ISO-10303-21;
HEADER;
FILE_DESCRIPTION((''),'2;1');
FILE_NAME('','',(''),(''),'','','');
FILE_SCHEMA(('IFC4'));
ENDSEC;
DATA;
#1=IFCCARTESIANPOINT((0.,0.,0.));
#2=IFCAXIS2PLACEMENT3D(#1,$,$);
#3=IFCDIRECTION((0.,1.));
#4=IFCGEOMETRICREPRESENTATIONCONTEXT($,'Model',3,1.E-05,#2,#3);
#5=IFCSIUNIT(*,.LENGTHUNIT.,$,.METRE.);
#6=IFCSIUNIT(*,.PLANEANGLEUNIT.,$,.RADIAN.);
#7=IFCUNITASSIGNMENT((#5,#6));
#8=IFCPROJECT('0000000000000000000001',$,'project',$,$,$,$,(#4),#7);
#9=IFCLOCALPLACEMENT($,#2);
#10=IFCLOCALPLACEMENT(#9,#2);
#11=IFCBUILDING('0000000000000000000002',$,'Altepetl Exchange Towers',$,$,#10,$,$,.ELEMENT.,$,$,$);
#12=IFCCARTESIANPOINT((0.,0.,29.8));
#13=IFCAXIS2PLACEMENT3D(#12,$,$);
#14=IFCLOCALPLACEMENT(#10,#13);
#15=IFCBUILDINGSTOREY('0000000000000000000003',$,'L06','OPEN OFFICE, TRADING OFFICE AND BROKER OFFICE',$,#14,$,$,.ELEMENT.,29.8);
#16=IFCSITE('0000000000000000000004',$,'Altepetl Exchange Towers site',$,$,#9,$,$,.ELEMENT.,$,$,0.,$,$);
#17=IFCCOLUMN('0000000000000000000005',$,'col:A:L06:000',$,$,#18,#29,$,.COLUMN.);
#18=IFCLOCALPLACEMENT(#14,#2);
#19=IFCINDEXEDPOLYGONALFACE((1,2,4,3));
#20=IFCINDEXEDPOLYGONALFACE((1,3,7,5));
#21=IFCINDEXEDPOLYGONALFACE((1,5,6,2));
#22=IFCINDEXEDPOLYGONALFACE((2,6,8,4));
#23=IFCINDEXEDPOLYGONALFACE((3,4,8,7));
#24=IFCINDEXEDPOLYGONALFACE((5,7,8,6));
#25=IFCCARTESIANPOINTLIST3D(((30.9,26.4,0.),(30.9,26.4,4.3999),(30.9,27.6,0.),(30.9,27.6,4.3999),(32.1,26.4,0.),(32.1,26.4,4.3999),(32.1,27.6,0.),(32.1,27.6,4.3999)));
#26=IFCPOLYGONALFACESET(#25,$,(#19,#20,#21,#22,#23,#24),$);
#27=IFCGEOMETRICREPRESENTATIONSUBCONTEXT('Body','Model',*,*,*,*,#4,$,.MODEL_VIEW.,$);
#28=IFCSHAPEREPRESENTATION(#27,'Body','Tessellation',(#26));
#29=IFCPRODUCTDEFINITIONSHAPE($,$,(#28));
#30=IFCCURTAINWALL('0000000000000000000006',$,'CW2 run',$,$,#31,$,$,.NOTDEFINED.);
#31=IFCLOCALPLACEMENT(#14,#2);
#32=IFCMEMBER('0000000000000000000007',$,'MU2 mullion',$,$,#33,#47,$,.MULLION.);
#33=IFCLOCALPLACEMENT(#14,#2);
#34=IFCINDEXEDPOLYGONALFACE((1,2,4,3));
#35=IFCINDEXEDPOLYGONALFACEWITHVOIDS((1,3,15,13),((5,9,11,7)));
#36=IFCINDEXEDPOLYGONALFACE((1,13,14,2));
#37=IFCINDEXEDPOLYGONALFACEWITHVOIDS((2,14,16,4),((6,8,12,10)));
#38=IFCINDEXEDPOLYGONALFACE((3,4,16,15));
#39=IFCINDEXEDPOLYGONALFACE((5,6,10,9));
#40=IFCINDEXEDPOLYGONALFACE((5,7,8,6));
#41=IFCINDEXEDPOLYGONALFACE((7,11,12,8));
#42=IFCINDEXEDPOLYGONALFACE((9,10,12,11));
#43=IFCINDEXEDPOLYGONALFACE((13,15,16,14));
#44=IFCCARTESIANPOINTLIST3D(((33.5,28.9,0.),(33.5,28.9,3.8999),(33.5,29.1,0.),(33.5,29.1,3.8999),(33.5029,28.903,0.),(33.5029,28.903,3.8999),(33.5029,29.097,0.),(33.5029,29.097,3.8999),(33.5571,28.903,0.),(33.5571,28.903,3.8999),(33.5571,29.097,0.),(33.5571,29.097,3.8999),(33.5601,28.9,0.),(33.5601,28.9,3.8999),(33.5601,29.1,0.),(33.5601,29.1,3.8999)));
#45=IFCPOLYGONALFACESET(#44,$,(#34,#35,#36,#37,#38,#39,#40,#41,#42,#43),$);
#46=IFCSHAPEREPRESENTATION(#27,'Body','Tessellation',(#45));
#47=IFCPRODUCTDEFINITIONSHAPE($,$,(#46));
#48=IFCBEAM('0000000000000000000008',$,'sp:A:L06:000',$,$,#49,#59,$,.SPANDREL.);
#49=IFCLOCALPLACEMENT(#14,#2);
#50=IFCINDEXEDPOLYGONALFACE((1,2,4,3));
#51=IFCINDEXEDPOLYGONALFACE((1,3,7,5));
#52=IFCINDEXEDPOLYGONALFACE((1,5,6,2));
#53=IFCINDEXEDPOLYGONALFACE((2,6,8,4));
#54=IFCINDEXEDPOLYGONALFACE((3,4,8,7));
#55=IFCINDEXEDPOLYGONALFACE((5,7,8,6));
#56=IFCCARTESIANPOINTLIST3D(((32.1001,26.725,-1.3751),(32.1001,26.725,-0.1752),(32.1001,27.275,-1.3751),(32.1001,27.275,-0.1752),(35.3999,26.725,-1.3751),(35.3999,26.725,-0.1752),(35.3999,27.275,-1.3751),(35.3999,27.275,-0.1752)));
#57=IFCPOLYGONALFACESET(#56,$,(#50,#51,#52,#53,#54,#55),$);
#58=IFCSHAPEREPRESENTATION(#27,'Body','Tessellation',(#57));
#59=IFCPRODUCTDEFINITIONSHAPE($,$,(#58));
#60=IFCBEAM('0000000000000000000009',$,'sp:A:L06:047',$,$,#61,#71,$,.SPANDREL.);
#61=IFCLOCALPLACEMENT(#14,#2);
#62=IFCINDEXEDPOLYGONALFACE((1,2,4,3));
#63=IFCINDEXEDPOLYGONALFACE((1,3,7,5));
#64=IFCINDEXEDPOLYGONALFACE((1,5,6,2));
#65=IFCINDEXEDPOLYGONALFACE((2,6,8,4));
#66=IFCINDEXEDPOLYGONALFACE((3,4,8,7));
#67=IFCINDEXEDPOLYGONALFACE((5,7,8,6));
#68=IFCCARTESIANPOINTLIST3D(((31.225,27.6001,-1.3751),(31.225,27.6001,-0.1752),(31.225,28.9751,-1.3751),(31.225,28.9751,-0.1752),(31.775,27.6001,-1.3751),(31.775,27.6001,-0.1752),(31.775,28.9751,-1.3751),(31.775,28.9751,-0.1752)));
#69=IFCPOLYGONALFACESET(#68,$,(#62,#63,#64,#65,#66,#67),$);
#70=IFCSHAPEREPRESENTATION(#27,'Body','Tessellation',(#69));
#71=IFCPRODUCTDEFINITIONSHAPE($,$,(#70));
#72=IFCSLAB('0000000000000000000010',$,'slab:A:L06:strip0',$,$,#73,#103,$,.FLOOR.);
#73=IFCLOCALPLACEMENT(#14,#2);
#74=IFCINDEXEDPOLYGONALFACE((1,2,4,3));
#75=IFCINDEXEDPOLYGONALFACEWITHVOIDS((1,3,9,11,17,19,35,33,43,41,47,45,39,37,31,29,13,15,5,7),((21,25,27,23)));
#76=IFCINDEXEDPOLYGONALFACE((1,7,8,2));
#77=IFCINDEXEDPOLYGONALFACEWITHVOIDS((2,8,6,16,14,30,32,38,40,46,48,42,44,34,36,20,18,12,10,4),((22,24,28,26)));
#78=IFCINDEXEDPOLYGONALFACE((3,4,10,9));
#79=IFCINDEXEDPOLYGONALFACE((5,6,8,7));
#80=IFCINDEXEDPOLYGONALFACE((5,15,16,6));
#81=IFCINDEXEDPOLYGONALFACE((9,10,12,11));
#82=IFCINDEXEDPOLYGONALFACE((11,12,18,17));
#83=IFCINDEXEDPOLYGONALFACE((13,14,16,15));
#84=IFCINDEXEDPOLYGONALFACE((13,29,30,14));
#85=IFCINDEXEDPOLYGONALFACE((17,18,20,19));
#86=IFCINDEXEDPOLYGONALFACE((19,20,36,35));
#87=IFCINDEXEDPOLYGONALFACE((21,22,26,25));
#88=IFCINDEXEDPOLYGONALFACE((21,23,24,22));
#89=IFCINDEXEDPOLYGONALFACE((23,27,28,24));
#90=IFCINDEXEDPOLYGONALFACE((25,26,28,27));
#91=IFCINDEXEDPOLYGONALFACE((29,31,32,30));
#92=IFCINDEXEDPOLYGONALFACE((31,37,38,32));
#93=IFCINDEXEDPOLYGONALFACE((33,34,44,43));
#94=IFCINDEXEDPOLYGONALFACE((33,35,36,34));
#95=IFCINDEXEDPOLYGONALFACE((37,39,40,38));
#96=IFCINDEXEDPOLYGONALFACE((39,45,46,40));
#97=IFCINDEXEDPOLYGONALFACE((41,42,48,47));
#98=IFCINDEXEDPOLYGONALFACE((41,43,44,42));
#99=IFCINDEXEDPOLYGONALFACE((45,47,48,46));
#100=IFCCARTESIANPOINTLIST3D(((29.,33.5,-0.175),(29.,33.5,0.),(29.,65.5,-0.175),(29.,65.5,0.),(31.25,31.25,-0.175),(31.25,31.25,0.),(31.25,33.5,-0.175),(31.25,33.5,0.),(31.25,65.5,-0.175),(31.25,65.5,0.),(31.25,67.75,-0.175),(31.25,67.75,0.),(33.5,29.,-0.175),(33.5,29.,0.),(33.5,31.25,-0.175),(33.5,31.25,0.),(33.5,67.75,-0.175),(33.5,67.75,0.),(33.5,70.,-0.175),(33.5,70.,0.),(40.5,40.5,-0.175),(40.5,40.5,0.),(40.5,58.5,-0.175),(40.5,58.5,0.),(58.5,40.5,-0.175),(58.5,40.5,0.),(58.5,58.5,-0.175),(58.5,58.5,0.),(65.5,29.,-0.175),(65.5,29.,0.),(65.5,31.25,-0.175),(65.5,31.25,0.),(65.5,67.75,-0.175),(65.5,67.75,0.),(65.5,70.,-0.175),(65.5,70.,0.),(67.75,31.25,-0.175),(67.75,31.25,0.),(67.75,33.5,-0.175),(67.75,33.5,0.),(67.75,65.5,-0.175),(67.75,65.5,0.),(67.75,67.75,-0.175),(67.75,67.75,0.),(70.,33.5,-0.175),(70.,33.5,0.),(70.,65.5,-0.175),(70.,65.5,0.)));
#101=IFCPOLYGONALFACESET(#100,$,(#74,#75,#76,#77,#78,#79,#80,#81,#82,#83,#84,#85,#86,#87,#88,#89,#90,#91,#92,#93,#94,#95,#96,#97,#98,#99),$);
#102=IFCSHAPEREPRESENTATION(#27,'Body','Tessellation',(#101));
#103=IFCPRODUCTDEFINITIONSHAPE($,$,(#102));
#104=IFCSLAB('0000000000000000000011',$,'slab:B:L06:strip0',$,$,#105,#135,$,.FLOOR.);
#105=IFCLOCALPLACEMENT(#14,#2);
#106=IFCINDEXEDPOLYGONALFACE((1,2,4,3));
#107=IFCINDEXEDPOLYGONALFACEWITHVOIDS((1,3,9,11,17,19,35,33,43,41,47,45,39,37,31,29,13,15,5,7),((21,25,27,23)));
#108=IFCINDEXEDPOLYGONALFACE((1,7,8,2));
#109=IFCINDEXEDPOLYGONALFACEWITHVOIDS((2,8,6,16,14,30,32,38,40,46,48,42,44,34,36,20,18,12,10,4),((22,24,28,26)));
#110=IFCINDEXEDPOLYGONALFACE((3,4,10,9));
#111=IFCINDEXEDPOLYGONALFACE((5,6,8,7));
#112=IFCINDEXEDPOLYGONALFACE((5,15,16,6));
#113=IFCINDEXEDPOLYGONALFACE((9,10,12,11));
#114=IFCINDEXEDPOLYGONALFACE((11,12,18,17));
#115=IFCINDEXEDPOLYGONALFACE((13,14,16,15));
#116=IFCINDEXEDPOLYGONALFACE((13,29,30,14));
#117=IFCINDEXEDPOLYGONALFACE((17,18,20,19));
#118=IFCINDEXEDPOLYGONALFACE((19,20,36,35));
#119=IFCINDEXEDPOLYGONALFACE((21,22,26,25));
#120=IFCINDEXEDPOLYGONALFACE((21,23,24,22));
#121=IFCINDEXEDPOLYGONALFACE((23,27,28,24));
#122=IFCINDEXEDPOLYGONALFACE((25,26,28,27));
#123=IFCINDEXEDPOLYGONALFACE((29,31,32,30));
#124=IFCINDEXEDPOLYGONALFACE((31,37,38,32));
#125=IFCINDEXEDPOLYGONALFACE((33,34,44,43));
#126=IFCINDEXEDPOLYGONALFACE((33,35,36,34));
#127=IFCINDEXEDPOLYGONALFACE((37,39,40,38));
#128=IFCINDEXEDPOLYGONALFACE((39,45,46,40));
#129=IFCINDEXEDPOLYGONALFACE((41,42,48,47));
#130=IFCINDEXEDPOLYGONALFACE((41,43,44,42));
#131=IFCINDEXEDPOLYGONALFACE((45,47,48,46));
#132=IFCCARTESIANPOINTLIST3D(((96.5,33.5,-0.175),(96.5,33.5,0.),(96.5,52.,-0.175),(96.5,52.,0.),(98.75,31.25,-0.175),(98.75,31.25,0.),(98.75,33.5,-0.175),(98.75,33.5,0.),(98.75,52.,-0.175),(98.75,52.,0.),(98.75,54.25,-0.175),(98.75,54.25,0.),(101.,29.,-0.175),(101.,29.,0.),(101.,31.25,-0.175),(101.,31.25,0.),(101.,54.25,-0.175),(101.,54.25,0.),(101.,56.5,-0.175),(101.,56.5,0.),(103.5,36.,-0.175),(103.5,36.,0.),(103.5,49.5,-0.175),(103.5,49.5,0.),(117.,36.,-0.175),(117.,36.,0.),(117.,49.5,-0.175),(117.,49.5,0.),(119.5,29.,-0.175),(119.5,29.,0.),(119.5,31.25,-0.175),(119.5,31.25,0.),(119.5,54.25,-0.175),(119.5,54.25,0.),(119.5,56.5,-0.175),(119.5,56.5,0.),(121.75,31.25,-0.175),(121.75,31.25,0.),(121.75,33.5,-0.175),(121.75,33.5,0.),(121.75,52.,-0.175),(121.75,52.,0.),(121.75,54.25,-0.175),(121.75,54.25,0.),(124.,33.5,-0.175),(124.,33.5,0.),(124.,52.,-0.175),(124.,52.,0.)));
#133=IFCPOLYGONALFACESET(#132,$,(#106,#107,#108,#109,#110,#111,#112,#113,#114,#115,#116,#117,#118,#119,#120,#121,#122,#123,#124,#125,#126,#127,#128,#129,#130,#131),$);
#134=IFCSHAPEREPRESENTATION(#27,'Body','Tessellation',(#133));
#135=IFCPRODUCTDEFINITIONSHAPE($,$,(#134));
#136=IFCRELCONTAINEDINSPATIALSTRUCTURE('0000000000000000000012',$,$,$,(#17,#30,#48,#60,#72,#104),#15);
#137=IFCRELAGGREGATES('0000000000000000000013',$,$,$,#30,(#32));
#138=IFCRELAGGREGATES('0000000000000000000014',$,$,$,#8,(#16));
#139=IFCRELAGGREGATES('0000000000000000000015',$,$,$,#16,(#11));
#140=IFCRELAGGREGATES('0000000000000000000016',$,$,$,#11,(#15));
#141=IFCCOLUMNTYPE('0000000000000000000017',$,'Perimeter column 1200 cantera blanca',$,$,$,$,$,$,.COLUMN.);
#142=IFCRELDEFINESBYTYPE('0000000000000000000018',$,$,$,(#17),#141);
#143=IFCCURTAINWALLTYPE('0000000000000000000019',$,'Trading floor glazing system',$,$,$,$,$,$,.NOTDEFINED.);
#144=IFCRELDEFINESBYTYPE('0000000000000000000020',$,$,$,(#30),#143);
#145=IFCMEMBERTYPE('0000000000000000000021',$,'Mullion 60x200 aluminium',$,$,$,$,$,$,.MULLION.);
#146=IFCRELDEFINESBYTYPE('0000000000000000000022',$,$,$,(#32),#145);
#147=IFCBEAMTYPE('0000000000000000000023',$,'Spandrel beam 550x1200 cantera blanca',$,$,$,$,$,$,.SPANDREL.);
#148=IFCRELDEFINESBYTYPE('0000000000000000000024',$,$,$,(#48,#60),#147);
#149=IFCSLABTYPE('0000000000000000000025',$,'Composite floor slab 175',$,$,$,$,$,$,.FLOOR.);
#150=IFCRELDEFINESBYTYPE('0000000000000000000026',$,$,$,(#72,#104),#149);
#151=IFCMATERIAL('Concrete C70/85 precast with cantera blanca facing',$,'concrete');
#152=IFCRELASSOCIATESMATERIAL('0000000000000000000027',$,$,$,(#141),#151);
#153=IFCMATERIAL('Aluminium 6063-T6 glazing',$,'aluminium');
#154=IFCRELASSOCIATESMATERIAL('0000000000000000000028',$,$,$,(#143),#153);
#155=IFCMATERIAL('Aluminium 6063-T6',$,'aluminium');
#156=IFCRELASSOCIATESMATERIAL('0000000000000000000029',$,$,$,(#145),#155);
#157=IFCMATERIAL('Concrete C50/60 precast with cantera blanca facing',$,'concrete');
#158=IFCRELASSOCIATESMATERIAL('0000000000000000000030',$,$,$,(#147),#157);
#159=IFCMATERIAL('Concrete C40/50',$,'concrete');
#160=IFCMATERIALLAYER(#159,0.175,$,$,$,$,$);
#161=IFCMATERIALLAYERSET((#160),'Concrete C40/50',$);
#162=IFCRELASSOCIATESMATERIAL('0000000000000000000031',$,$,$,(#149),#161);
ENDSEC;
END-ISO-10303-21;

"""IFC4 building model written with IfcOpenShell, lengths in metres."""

from ifc_helpers import new_model, si_unit, direction, frame, origin, origin_2d, place, context, subcontext, project, spatial, polyline, rectangle, hollow_rectangle, outline, extrude, material, layer, layer_set, material_profile, profile_set, type_object, element, aggregate, save


model = new_model("IFC4")

# Units and contexts
model_context = context("Model", 3, precision=1e-05, world=origin(), true_north=direction((0.0, 1.0)))
body_context = subcontext(model_context, "Body", "Model", "MODEL_VIEW")
ifc_project = project(units=[si_unit("LENGTHUNIT", "METRE"), si_unit("PLANEANGLEUNIT", "RADIAN")], contexts=[model_context])

# Site, building, storey
site_placement = place(None, origin())
site = spatial("IfcSite", under=ifc_project, at=site_placement, Name="Altepetl Exchange Towers site", CompositionType="ELEMENT", RefElevation=0.0)
building_placement = place(site_placement, origin())
building = spatial("IfcBuilding", under=site, at=building_placement, Name="Altepetl Exchange Towers", CompositionType="ELEMENT")
storey_placement = place(building_placement, frame((0.0, 0.0, 29.8)))
storey = spatial("IfcBuildingStorey", under=building, at=storey_placement, Name="L06", Description="OPEN OFFICE, TRADING OFFICE AND BROKER OFFICE", CompositionType="ELEMENT", Elevation=29.8)

# Column
ifc_material_1 = material(Name="Concrete C70/85 precast with cantera blanca facing", Category="concrete")
ifc_material_profile_1 = material_profile(ifc_material_1, rectangle(XDim=1.2, YDim=1.2, at=origin_2d()), Name="1200 x 1200")
ifc_profile_set_1 = profile_set([ifc_material_profile_1], Name="Concrete C70/85 precast with cantera blanca facing")
column_type = type_object("IfcColumnType", Name="Perimeter column 1200 cantera blanca", PredefinedType="COLUMN", material=ifc_profile_set_1)
column_placement = place(storey_placement, frame((31.5, 27.0, 0.0)))
element("IfcColumn", 1, at=column_placement, inside=storey, type_object=column_type, Name="col:A:L06:000", PredefinedType="COLUMN", context=body_context, shape_type="SweptSolid", body=[
    extrude(rectangle(XDim=1.2, YDim=1.2, at=origin_2d()), origin(), (0.0, 0.0, 1.0), 4.3999),
])

# Curtain wall, member
ifc_material_2 = material(Name="Aluminium 6063-T6 glazing", Category="aluminium")
curtain_wall_type = type_object("IfcCurtainWallType", Name="Trading floor glazing system", PredefinedType="NOTDEFINED", material=ifc_material_2)
curtain_wall_placement = place(storey_placement, origin())
curtain_wall = element("IfcCurtainWall", 2, at=curtain_wall_placement, inside=storey, type_object=curtain_wall_type, Name="CW2 run", PredefinedType="NOTDEFINED")
ifc_material_3 = material(Name="Aluminium 6063-T6", Category="aluminium")
ifc_material_profile_2 = material_profile(ifc_material_3, hollow_rectangle(XDim=0.0601, YDim=0.2, WallThickness=0.0029, at=origin_2d()), Name="Mullion 60x200 aluminium")
ifc_profile_set_2 = profile_set([ifc_material_profile_2], Name="Aluminium 6063-T6")
member_type = type_object("IfcMemberType", Name="Mullion 60x200 aluminium", PredefinedType="MULLION", material=ifc_profile_set_2)
member_placement = place(storey_placement, frame((33.53, 29.0, 0.0)))
member = element("IfcMember", 3, at=member_placement, type_object=member_type, Name="MU2 mullion", PredefinedType="MULLION", context=body_context, shape_type="SweptSolid", body=[
    extrude(hollow_rectangle(XDim=0.0601, YDim=0.2, WallThickness=0.0029, at=origin_2d()), origin(), (0.0, 0.0, 1.0), 3.8999),
])
aggregate(curtain_wall, [member])

# Beams
ifc_material_4 = material(Name="Concrete C50/60 precast with cantera blanca facing", Category="concrete")
ifc_material_profile_3 = material_profile(ifc_material_4, rectangle(XDim=0.55, YDim=1.2, at=origin_2d()), Name="550 x 1200")
ifc_profile_set_3 = profile_set([ifc_material_profile_3], Name="Concrete C50/60 precast with cantera blanca facing")
beam_type = type_object("IfcBeamType", Name="Spandrel beam 550x1200 cantera blanca", PredefinedType="SPANDREL", material=ifc_profile_set_3)
beam_1_placement = place(storey_placement, frame((32.1001, 27.0, -0.7751), z_axis=(1.0, 0.0, 0.0), x_axis=(0.0, 1.0, 0.0)))
element("IfcBeam", 4, at=beam_1_placement, inside=storey, type_object=beam_type, Name="sp:A:L06:000", PredefinedType="SPANDREL", context=body_context, shape_type="SweptSolid", body=[
    extrude(rectangle(XDim=0.55, YDim=1.2, at=origin_2d()), origin(), (0.0, 0.0, 1.0), 3.2998),
])
beam_2_placement = place(storey_placement, frame((31.5, 28.9751, -0.7751), z_axis=(0.0, -1.0, 0.0), x_axis=(1.0, 0.0, 0.0)))
element("IfcBeam", 5, at=beam_2_placement, inside=storey, type_object=beam_type, Name="sp:A:L06:047", PredefinedType="SPANDREL", context=body_context, shape_type="SweptSolid", body=[
    extrude(rectangle(XDim=0.55, YDim=1.2, at=origin_2d()), origin(), (0.0, 0.0, 1.0), 1.375),
])

# Slabs
ifc_material_5 = material(Name="Concrete C40/50", Category="concrete")
ifc_layer_1 = layer(ifc_material_5, 0.175)
ifc_layer_set_1 = layer_set([ifc_layer_1], Name="Concrete C40/50")
slab_type_1 = type_object("IfcSlabType", Name="Composite floor slab 175", PredefinedType="FLOOR", material=ifc_layer_set_1)
slab_1_placement = place(storey_placement, frame((0.0, 0.0, -0.175)))
element("IfcSlab", 6, at=slab_1_placement, inside=storey, type_object=slab_type_1, Name="slab:A:L06:strip0", PredefinedType="FLOOR", context=body_context, shape_type="SweptSolid", body=[
    extrude(outline(polyline([(31.25, 67.75), (31.25, 65.5), (29.0, 65.5), (29.0, 33.5), (31.25, 33.5), (31.25, 31.25), (33.5, 31.25), (33.5, 29.0), (65.5, 29.0), (65.5, 31.25), (67.75, 31.25), (67.75, 33.5), (70.0, 33.5), (70.0, 65.5), (67.75, 65.5), (67.75, 67.75), (65.5, 67.75), (65.5, 70.0), (33.5, 70.0), (33.5, 67.75), (31.25, 67.75)]), holes=[polyline([(58.5, 58.5), (58.5, 40.5), (40.5, 40.5), (40.5, 58.5), (58.5, 58.5)])]), origin(), (0.0, 0.0, 1.0), 0.175),
])
slab_2_placement = place(storey_placement, frame((0.0, 0.0, -0.175)))
element("IfcSlab", 7, at=slab_2_placement, inside=storey, type_object=slab_type_1, Name="slab:B:L06:strip0", PredefinedType="FLOOR", context=body_context, shape_type="SweptSolid", body=[
    extrude(outline(polyline([(98.75, 54.25), (98.75, 52.0), (96.5, 52.0), (96.5, 33.5), (98.75, 33.5), (98.75, 31.25), (101.0, 31.25), (101.0, 29.0), (119.5, 29.0), (119.5, 31.25), (121.75, 31.25), (121.75, 33.5), (124.0, 33.5), (124.0, 52.0), (121.75, 52.0), (121.75, 54.25), (119.5, 54.25), (119.5, 56.5), (101.0, 56.5), (101.0, 54.25), (98.75, 54.25)]), holes=[polyline([(117.0, 49.5), (117.0, 36.0), (103.5, 36.0), (103.5, 49.5), (117.0, 49.5)])]), origin(), (0.0, 0.0, 1.0), 0.175),
])

save(model, "model.ifc")
